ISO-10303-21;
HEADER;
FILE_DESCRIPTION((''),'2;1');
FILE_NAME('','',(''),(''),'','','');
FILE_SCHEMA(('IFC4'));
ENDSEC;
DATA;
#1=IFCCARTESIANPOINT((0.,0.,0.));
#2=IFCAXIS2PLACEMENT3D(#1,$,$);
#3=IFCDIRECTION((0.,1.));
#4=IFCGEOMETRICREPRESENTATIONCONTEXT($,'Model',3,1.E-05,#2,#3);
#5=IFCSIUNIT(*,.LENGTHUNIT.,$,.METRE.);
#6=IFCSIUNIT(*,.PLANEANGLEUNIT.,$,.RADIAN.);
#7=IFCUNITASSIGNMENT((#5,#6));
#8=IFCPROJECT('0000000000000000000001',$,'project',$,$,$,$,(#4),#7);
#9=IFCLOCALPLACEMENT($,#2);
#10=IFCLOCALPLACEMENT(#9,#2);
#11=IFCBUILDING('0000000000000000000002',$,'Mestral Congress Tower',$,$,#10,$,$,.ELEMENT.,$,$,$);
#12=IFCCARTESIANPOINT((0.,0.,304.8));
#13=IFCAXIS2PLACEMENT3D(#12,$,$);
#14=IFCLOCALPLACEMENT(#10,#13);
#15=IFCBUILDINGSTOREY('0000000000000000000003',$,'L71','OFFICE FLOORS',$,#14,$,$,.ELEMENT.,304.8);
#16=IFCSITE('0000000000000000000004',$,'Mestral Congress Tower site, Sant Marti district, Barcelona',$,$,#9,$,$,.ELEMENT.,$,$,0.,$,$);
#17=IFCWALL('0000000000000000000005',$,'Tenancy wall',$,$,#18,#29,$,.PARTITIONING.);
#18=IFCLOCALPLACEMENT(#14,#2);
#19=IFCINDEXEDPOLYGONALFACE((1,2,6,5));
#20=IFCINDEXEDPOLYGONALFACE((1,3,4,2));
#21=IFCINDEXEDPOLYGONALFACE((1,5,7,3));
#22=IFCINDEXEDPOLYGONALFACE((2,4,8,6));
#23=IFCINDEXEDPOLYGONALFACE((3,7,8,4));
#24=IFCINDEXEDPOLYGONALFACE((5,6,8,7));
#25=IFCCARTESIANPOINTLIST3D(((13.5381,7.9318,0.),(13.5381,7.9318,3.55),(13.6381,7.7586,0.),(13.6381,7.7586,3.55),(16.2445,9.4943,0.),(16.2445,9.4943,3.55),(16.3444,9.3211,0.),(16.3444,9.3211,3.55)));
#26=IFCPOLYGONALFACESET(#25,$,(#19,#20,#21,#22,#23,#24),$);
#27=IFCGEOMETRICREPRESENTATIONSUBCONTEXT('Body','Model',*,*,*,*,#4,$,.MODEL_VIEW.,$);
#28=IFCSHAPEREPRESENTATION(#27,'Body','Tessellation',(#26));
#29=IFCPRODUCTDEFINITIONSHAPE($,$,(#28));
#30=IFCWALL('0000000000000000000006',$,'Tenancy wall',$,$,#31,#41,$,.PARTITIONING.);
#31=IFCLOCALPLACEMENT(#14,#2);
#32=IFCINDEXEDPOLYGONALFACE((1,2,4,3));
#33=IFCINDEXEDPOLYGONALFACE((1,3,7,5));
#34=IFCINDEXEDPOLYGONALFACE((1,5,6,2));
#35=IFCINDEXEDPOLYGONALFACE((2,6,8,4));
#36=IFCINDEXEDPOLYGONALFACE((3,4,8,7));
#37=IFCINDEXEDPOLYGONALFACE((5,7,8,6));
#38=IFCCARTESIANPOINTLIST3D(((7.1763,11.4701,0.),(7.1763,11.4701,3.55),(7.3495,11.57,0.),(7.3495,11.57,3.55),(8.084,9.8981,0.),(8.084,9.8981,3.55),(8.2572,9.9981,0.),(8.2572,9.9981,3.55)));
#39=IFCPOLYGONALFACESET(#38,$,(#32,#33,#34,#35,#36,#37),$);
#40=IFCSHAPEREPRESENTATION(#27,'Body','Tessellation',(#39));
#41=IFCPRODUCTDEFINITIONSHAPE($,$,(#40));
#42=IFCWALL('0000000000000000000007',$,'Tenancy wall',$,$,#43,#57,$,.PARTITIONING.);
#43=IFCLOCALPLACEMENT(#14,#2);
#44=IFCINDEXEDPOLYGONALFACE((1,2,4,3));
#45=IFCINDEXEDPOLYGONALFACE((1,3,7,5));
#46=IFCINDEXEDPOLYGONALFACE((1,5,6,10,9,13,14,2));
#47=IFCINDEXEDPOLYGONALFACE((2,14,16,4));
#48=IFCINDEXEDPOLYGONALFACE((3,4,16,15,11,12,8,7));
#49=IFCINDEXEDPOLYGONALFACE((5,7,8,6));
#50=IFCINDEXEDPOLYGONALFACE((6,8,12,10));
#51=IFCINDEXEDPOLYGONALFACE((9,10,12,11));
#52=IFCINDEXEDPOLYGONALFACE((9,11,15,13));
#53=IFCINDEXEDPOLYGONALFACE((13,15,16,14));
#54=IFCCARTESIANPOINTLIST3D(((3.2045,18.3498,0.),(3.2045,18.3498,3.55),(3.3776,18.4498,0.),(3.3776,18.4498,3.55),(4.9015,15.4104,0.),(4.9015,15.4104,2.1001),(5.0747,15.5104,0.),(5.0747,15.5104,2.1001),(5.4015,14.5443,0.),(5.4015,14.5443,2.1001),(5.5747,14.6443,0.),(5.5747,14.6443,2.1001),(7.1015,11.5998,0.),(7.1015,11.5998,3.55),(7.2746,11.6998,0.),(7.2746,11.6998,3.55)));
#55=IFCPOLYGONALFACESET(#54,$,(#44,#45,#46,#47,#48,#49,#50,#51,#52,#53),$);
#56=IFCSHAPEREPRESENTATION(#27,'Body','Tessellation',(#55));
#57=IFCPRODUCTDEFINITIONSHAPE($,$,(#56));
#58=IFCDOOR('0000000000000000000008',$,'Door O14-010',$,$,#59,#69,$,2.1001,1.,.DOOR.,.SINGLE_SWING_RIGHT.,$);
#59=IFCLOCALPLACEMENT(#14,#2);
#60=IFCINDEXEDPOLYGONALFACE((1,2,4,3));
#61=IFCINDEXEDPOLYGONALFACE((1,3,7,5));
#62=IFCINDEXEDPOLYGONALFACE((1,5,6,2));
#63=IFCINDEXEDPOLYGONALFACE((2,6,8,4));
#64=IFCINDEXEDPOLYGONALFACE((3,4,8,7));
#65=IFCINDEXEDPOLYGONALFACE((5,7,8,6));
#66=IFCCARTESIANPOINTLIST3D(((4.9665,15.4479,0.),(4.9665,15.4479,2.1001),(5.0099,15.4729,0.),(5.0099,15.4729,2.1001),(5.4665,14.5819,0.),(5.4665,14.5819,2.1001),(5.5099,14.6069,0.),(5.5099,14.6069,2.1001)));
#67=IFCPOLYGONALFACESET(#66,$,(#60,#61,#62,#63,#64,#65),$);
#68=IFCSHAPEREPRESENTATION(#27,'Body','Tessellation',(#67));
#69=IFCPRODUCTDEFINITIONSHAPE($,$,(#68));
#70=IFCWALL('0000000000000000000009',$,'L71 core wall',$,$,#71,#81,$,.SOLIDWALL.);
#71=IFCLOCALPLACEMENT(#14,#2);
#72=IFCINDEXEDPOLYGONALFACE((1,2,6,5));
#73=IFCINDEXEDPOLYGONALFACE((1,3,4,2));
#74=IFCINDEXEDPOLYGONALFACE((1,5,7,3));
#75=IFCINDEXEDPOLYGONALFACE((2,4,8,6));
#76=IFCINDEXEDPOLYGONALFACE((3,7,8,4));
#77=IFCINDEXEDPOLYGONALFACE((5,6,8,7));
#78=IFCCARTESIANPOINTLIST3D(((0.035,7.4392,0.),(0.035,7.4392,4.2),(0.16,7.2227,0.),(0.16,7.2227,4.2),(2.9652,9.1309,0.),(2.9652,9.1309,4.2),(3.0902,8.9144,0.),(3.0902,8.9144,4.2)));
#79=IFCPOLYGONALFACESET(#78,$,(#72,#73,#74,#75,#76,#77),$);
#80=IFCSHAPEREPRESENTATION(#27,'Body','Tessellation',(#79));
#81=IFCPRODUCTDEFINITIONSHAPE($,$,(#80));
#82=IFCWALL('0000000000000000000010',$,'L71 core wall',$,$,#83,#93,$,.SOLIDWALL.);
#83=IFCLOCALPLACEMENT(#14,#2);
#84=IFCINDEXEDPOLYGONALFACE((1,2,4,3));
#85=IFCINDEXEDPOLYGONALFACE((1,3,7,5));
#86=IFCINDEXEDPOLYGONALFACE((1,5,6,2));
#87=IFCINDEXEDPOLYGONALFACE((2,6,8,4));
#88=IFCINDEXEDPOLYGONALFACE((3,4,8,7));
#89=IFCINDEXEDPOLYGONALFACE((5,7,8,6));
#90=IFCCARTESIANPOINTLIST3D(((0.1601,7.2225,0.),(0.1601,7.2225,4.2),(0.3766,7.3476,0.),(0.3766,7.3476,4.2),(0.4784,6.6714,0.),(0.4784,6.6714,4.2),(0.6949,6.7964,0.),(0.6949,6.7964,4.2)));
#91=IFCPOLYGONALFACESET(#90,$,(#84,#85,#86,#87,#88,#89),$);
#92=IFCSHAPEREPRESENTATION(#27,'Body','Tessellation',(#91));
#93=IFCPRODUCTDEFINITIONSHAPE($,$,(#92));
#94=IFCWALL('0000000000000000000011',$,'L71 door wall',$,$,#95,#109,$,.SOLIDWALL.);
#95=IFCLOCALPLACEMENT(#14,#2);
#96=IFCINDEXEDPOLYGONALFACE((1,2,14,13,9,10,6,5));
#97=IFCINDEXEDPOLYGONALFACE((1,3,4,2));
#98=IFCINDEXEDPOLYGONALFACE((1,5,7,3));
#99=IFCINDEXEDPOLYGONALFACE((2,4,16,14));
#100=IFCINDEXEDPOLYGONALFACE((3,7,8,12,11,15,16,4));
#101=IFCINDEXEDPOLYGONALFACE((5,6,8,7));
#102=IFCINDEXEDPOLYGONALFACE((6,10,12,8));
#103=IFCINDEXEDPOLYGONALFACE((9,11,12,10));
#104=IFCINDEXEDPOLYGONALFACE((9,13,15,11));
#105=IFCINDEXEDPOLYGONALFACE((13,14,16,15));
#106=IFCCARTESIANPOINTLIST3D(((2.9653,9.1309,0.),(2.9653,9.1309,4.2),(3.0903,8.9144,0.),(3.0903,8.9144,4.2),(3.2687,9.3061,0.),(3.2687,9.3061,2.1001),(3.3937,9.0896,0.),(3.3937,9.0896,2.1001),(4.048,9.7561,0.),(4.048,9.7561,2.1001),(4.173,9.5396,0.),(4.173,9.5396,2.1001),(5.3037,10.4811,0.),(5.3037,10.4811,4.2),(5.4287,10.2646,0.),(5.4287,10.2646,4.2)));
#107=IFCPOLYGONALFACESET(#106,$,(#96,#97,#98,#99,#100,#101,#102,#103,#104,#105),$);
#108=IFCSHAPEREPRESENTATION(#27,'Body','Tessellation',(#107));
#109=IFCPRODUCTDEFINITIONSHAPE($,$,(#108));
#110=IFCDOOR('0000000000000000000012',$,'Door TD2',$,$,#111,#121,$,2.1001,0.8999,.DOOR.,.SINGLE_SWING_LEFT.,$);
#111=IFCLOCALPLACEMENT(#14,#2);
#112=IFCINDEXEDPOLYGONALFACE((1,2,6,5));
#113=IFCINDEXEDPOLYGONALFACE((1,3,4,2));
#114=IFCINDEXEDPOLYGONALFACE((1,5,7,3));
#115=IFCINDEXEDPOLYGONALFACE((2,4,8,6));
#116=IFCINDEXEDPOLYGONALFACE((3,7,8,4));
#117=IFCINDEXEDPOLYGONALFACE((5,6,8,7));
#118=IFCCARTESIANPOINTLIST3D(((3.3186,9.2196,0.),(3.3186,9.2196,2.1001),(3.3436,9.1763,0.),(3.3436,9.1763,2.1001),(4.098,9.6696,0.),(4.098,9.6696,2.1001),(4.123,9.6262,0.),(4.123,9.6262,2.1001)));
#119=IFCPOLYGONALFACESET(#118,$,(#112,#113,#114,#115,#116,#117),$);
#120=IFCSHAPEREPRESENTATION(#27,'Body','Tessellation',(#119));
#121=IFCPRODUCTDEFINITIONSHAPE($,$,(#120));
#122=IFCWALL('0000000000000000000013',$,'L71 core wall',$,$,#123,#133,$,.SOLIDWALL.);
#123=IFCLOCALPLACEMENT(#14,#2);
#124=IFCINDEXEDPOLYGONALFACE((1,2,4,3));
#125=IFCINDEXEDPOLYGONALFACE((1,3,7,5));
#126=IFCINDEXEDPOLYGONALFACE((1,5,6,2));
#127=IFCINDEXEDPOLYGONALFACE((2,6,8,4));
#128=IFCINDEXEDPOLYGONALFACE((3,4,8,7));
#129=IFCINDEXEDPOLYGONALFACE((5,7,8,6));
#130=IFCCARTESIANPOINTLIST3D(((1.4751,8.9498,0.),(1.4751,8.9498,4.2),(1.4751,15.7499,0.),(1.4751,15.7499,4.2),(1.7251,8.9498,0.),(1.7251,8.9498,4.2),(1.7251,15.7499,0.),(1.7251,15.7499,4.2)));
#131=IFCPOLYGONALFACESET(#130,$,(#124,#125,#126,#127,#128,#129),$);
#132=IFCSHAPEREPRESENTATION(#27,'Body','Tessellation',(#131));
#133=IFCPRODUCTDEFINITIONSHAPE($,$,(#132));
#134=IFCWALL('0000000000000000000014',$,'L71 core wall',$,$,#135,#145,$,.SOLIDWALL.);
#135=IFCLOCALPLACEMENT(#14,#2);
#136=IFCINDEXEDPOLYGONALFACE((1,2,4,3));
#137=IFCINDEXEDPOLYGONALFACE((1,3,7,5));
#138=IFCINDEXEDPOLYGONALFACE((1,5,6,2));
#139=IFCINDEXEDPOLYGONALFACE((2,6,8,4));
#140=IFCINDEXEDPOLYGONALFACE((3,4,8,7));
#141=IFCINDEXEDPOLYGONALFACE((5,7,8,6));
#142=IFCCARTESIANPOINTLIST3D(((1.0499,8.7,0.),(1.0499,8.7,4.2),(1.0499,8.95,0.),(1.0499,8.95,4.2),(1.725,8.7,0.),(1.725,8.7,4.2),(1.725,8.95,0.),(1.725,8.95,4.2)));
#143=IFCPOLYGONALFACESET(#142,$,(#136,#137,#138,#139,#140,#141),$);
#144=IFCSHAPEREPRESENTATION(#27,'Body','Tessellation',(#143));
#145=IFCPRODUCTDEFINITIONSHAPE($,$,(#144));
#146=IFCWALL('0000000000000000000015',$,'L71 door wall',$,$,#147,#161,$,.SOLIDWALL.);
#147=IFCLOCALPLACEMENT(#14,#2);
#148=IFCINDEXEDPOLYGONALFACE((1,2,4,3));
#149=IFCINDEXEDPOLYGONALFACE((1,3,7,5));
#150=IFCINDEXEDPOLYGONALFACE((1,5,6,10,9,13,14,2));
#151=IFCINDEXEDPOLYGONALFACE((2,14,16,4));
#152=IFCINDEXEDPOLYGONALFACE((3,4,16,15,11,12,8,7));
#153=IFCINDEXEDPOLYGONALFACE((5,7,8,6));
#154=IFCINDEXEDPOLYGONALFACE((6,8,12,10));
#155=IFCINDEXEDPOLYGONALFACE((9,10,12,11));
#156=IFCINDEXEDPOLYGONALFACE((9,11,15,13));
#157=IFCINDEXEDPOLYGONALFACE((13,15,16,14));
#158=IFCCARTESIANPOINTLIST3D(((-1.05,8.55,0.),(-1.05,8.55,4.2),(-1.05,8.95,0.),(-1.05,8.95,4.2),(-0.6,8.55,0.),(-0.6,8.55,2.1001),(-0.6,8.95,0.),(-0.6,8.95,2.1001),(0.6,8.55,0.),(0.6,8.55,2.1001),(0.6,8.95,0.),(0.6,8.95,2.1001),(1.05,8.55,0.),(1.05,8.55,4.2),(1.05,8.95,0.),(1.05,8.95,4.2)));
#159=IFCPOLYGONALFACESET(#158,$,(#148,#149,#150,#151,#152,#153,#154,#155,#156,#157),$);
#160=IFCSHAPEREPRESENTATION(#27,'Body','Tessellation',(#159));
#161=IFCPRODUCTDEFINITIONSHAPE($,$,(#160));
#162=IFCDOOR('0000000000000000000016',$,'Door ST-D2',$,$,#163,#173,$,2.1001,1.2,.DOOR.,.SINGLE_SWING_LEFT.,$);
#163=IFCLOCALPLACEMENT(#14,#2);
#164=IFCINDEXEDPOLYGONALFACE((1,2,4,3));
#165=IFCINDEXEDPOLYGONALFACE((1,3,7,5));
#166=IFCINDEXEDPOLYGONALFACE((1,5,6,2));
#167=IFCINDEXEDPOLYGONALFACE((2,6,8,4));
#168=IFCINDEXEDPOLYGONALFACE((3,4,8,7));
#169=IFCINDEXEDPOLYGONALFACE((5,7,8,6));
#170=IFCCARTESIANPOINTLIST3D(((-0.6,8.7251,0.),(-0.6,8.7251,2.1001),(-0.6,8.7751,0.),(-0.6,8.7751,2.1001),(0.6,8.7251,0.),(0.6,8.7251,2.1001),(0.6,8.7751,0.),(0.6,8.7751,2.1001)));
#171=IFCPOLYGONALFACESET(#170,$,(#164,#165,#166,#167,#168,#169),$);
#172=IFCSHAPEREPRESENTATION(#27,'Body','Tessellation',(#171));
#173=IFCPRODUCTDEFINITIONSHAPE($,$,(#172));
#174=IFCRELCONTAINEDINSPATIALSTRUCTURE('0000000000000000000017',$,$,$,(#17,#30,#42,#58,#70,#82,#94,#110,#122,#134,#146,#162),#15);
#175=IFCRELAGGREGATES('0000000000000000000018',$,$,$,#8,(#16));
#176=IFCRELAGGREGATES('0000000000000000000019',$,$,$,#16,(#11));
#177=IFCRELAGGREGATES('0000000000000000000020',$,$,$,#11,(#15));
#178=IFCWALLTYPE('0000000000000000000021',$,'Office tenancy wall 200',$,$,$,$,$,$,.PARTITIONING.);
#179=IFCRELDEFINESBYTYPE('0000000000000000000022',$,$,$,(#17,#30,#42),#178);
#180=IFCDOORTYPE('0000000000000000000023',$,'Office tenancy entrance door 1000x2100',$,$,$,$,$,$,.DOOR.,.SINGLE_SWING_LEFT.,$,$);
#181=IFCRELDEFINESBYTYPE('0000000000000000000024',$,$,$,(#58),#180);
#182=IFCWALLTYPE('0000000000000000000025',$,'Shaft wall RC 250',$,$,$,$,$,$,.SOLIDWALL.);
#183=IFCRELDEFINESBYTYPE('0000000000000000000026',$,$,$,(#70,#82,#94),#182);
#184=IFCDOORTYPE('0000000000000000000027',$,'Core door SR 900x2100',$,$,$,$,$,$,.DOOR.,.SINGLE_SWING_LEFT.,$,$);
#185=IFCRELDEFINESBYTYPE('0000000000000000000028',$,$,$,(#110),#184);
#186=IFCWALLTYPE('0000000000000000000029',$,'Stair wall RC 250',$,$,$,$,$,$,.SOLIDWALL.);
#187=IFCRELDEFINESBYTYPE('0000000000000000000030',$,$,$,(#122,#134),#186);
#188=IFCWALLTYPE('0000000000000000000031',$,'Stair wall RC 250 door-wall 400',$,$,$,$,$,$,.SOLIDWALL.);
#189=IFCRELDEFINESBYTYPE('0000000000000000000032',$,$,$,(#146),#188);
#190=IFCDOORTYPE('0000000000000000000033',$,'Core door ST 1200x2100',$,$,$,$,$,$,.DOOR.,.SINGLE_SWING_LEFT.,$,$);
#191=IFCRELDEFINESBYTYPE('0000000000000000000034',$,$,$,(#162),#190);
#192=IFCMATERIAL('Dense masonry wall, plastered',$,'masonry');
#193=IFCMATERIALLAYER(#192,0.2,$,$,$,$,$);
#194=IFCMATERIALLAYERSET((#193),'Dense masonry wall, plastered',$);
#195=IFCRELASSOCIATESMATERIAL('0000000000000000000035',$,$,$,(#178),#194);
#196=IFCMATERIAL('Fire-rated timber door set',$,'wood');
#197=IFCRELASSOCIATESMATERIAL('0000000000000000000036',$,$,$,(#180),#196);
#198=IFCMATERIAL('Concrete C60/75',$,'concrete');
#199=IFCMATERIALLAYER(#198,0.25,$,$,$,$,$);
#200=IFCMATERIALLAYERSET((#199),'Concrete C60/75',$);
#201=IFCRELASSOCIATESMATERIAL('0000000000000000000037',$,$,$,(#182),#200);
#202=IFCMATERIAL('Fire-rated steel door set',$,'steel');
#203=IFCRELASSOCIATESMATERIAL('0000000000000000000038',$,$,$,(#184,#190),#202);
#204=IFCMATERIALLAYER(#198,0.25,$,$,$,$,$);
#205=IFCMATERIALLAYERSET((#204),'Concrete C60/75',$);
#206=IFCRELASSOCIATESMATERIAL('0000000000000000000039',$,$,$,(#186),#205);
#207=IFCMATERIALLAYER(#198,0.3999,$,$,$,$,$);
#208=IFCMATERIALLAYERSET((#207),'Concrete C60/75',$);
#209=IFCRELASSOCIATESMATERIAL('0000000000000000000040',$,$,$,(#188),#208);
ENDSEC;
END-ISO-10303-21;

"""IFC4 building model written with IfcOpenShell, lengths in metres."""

from ifc_helpers import new_model, si_unit, direction, frame, frame_2d, origin, place, context, subcontext, project, spatial, rectangle, extrude, material, layer, layer_set, type_object, element, fill, save


model = new_model("IFC4")

# Units and contexts
model_context = context("Model", 3, precision=1e-05, world=origin(), true_north=direction((0.0, 1.0)))
body_context = subcontext(model_context, "Body", "Model", "MODEL_VIEW")
ifc_project = project(units=[si_unit("LENGTHUNIT", "METRE"), si_unit("PLANEANGLEUNIT", "RADIAN")], contexts=[model_context])

# Site, building, storey
site_placement = place(None, origin())
site = spatial("IfcSite", under=ifc_project, at=site_placement, Name="Mestral Congress Tower site, Sant Marti district, Barcelona", CompositionType="ELEMENT", RefElevation=0.0)
building_placement = place(site_placement, origin())
building = spatial("IfcBuilding", under=site, at=building_placement, Name="Mestral Congress Tower", CompositionType="ELEMENT")
storey_placement = place(building_placement, frame((0.0, 0.0, 304.8)))
storey = spatial("IfcBuildingStorey", under=building, at=storey_placement, Name="L71", Description="OFFICE FLOORS", CompositionType="ELEMENT", Elevation=304.8)

# Shared definitions
ifc_material_1 = material(Name="Concrete C60/75", Category="concrete")

# Walls
ifc_material_2 = material(Name="Dense masonry wall, plastered", Category="masonry")
ifc_layer_1 = layer(ifc_material_2, 0.2)
ifc_layer_set_1 = layer_set([ifc_layer_1], Name="Dense masonry wall, plastered")
wall_type_1 = type_object("IfcWallType", Name="Office tenancy wall 200", PredefinedType="PARTITIONING", material=ifc_layer_set_1)
wall_1_placement = place(storey_placement, frame((13.5881, 7.8452, 0.0), z_axis=(0.0, 0.0, 1.0), x_axis=(0.866023, 0.500004, 0.0)))
element("IfcWall", 1, at=wall_1_placement, inside=storey, type_object=wall_type_1, Name="Tenancy wall", PredefinedType="PARTITIONING", context=body_context, shape_type="SweptSolid", body=[
    extrude(rectangle(XDim=3.125, YDim=0.2, at=frame_2d((1.5625, 0.0))), origin(), (0.0, 0.0, 1.0), 3.55),
])
wall_2_placement = place(storey_placement, frame((8.1707, 9.948, 0.0), z_axis=(0.0, 0.0, 1.0), x_axis=(-0.500045, 0.866, 0.0)))
element("IfcWall", 2, at=wall_2_placement, inside=storey, type_object=wall_type_1, Name="Tenancy wall", PredefinedType="PARTITIONING", context=body_context, shape_type="SweptSolid", body=[
    extrude(rectangle(XDim=1.8152, YDim=0.2, at=frame_2d((0.9077, 0.0))), origin(), (0.0, 0.0, 1.0), 3.55),
])

# Wall, opening, door
wall_3_placement = place(storey_placement, frame((7.188, 11.6499, 0.0), z_axis=(0.0, 0.0, 1.0), x_axis=(-0.499986, 0.866033, 0.0)))
wall_3 = element("IfcWall", 3, at=wall_3_placement, inside=storey, type_object=wall_type_1, Name="Tenancy wall", PredefinedType="PARTITIONING", context=body_context, shape_type="SweptSolid", body=[
    extrude(rectangle(XDim=7.7942, YDim=0.2, at=frame_2d((3.897, 0.0))), origin(), (0.0, 0.0, 1.0), 3.55),
])
opening_1_placement = place(wall_3_placement, frame((3.3999, 0.0, 0.0)))
opening_1 = element("IfcOpeningElement", 4, at=opening_1_placement, cuts=wall_3, PredefinedType="OPENING", context=body_context, shape_type="SweptSolid", body=[
    extrude(rectangle(XDim=1.0, YDim=2.1001, at=frame_2d((0.5, 1.05))), frame((0.0, 0.1099, 0.0), z_axis=(0.0, -1.0, 0.0), x_axis=(1.0, 0.0, 0.0)), (0.0, 0.0, 1.0), 0.22),
])
ifc_material_3 = material(Name="Fire-rated timber door set", Category="wood")
door_type_1 = type_object("IfcDoorType", Name="Office tenancy entrance door 1000x2100", OperationType="SINGLE_SWING_LEFT", PredefinedType="DOOR", material=ifc_material_3)
door_1_placement = place(opening_1_placement, origin())
door_1 = element("IfcDoor", 5, at=door_1_placement, inside=storey, type_object=door_type_1, Name="Door O14-010", OperationType="SINGLE_SWING_RIGHT", OverallHeight=2.1001, OverallWidth=1.0, PredefinedType="DOOR", context=body_context, shape_type="SweptSolid", body=[
    extrude(rectangle(XDim=1.0, YDim=2.1001, at=frame_2d((0.5, 1.05))), frame((0.0, 0.0249, 0.0), z_axis=(0.0, -1.0, 0.0), x_axis=(1.0, 0.0, 0.0)), (0.0, 0.0, 1.0), 0.05),
])
fill(opening_1, door_1)

# Walls
ifc_layer_2 = layer(ifc_material_1, 0.25)
ifc_layer_set_2 = layer_set([ifc_layer_2], Name="Concrete C60/75")
wall_type_2 = type_object("IfcWallType", Name="Shaft wall RC 250", PredefinedType="SOLIDWALL", material=ifc_layer_set_2)
wall_4_placement = place(storey_placement, frame((3.0278, 9.0227, 0.0), z_axis=(0.0, 0.0, 1.0), x_axis=(-0.866037, -0.499981, 0.0)))
element("IfcWall", 6, at=wall_4_placement, inside=storey, type_object=wall_type_2, Name="L71 core wall", PredefinedType="SOLIDWALL", context=body_context, shape_type="SweptSolid", body=[
    extrude(rectangle(XDim=3.3835, YDim=0.25, at=frame_2d((1.6919, 0.0))), origin(), (0.0, 0.0, 1.0), 4.2),
])
wall_5_placement = place(storey_placement, frame((0.2683, 7.2852, 0.0), z_axis=(0.0, 0.0, 1.0), x_axis=(0.500099, -0.865968, 0.0)))
element("IfcWall", 7, at=wall_5_placement, inside=storey, type_object=wall_type_2, Name="L71 core wall", PredefinedType="SOLIDWALL", context=body_context, shape_type="SweptSolid", body=[
    extrude(rectangle(XDim=0.6365, YDim=0.25, at=frame_2d((0.3184, 0.0))), origin(), (0.0, 0.0, 1.0), 4.2),
])

# Wall, opening, door
wall_6_placement = place(storey_placement, frame((5.3662, 10.3728, 0.0), z_axis=(0.0, 0.0, 1.0), x_axis=(-0.86602, -0.500009, 0.0)))
wall_6 = element("IfcWall", 8, at=wall_6_placement, inside=storey, type_object=wall_type_2, Name="L71 door wall", PredefinedType="SOLIDWALL", context=body_context, shape_type="SweptSolid", body=[
    extrude(rectangle(XDim=2.7002, YDim=0.25, at=frame_2d((1.3501, 0.0))), origin(), (0.0, 0.0, 1.0), 4.2),
])
opening_2_placement = place(wall_6_placement, frame((1.45, 0.0, 0.0)))
opening_2 = element("IfcOpeningElement", 9, at=opening_2_placement, cuts=wall_6, PredefinedType="OPENING", context=body_context, shape_type="SweptSolid", body=[
    extrude(rectangle(XDim=0.8999, YDim=2.1001, at=frame_2d((0.45, 1.05))), frame((0.0, 0.135, 0.0), z_axis=(0.0, -1.0, 0.0), x_axis=(1.0, 0.0, 0.0)), (0.0, 0.0, 1.0), 0.27),
])
ifc_material_4 = material(Name="Fire-rated steel door set", Category="steel")
door_type_2 = type_object("IfcDoorType", Name="Core door SR 900x2100", OperationType="SINGLE_SWING_LEFT", PredefinedType="DOOR", material=ifc_material_4)
door_2_placement = place(opening_2_placement, origin())
door_2 = element("IfcDoor", 10, at=door_2_placement, inside=storey, type_object=door_type_2, Name="Door TD2", OperationType="SINGLE_SWING_LEFT", OverallHeight=2.1001, OverallWidth=0.8999, PredefinedType="DOOR", context=body_context, shape_type="SweptSolid", body=[
    extrude(rectangle(XDim=0.8999, YDim=2.1001, at=frame_2d((0.45, 1.05))), frame((0.0, 0.0249, 0.0), z_axis=(0.0, -1.0, 0.0), x_axis=(1.0, 0.0, 0.0)), (0.0, 0.0, 1.0), 0.05),
])
fill(opening_2, door_2)

# Walls
ifc_layer_3 = layer(ifc_material_1, 0.25)
ifc_layer_set_3 = layer_set([ifc_layer_3], Name="Concrete C60/75")
wall_type_3 = type_object("IfcWallType", Name="Stair wall RC 250", PredefinedType="SOLIDWALL", material=ifc_layer_set_3)
wall_7_placement = place(storey_placement, frame((1.6001, 8.95, 0.0), z_axis=(0.0, 0.0, 1.0), x_axis=(0.0, 1.0, 0.0)))
element("IfcWall", 11, at=wall_7_placement, inside=storey, type_object=wall_type_3, Name="L71 core wall", PredefinedType="SOLIDWALL", context=body_context, shape_type="SweptSolid", body=[
    extrude(rectangle(XDim=6.8, YDim=0.25, at=frame_2d((3.3999, 0.0))), origin(), (0.0, 0.0, 1.0), 4.2),
])
wall_8_placement = place(storey_placement, frame((1.05, 8.825, 0.0), z_axis=(0.0, 0.0, 1.0), x_axis=(1.0, 0.0, 0.0)))
element("IfcWall", 12, at=wall_8_placement, inside=storey, type_object=wall_type_3, Name="L71 core wall", PredefinedType="SOLIDWALL", context=body_context, shape_type="SweptSolid", body=[
    extrude(rectangle(XDim=0.675, YDim=0.25, at=frame_2d((0.3374, 0.0))), origin(), (0.0, 0.0, 1.0), 4.2),
])

# Wall, opening, door
ifc_layer_4 = layer(ifc_material_1, 0.3999)
ifc_layer_set_4 = layer_set([ifc_layer_4], Name="Concrete C60/75")
wall_type_4 = type_object("IfcWallType", Name="Stair wall RC 250 door-wall 400", PredefinedType="SOLIDWALL", material=ifc_layer_set_4)
wall_9_placement = place(storey_placement, frame((1.05, 8.75, 0.0), z_axis=(0.0, 0.0, 1.0), x_axis=(-1.0, 0.0, 0.0)))
wall_9 = element("IfcWall", 13, at=wall_9_placement, inside=storey, type_object=wall_type_4, Name="L71 door wall", PredefinedType="SOLIDWALL", context=body_context, shape_type="SweptSolid", body=[
    extrude(rectangle(XDim=2.1001, YDim=0.3999, at=frame_2d((1.05, 0.0))), origin(), (0.0, 0.0, 1.0), 4.2),
])
opening_3_placement = place(wall_9_placement, frame((0.45, 0.0, 0.0)))
opening_3 = element("IfcOpeningElement", 14, at=opening_3_placement, cuts=wall_9, PredefinedType="OPENING", context=body_context, shape_type="SweptSolid", body=[
    extrude(rectangle(XDim=1.2, YDim=2.1001, at=frame_2d((0.6001, 1.05))), frame((0.0, 0.21, 0.0), z_axis=(0.0, -1.0, 0.0), x_axis=(1.0, 0.0, 0.0)), (0.0, 0.0, 1.0), 0.4199),
])
door_type_3 = type_object("IfcDoorType", Name="Core door ST 1200x2100", OperationType="SINGLE_SWING_LEFT", PredefinedType="DOOR", material=ifc_material_4)
door_3_placement = place(opening_3_placement, origin())
door_3 = element("IfcDoor", 15, at=door_3_placement, inside=storey, type_object=door_type_3, Name="Door ST-D2", OperationType="SINGLE_SWING_LEFT", OverallHeight=2.1001, OverallWidth=1.2, PredefinedType="DOOR", context=body_context, shape_type="SweptSolid", body=[
    extrude(rectangle(XDim=1.2, YDim=2.1001, at=frame_2d((0.6001, 1.05))), frame((0.0, 0.0249, 0.0), z_axis=(0.0, -1.0, 0.0), x_axis=(1.0, 0.0, 0.0)), (0.0, 0.0, 1.0), 0.05),
])
fill(opening_3, door_3)

save(model, "model.ifc")
